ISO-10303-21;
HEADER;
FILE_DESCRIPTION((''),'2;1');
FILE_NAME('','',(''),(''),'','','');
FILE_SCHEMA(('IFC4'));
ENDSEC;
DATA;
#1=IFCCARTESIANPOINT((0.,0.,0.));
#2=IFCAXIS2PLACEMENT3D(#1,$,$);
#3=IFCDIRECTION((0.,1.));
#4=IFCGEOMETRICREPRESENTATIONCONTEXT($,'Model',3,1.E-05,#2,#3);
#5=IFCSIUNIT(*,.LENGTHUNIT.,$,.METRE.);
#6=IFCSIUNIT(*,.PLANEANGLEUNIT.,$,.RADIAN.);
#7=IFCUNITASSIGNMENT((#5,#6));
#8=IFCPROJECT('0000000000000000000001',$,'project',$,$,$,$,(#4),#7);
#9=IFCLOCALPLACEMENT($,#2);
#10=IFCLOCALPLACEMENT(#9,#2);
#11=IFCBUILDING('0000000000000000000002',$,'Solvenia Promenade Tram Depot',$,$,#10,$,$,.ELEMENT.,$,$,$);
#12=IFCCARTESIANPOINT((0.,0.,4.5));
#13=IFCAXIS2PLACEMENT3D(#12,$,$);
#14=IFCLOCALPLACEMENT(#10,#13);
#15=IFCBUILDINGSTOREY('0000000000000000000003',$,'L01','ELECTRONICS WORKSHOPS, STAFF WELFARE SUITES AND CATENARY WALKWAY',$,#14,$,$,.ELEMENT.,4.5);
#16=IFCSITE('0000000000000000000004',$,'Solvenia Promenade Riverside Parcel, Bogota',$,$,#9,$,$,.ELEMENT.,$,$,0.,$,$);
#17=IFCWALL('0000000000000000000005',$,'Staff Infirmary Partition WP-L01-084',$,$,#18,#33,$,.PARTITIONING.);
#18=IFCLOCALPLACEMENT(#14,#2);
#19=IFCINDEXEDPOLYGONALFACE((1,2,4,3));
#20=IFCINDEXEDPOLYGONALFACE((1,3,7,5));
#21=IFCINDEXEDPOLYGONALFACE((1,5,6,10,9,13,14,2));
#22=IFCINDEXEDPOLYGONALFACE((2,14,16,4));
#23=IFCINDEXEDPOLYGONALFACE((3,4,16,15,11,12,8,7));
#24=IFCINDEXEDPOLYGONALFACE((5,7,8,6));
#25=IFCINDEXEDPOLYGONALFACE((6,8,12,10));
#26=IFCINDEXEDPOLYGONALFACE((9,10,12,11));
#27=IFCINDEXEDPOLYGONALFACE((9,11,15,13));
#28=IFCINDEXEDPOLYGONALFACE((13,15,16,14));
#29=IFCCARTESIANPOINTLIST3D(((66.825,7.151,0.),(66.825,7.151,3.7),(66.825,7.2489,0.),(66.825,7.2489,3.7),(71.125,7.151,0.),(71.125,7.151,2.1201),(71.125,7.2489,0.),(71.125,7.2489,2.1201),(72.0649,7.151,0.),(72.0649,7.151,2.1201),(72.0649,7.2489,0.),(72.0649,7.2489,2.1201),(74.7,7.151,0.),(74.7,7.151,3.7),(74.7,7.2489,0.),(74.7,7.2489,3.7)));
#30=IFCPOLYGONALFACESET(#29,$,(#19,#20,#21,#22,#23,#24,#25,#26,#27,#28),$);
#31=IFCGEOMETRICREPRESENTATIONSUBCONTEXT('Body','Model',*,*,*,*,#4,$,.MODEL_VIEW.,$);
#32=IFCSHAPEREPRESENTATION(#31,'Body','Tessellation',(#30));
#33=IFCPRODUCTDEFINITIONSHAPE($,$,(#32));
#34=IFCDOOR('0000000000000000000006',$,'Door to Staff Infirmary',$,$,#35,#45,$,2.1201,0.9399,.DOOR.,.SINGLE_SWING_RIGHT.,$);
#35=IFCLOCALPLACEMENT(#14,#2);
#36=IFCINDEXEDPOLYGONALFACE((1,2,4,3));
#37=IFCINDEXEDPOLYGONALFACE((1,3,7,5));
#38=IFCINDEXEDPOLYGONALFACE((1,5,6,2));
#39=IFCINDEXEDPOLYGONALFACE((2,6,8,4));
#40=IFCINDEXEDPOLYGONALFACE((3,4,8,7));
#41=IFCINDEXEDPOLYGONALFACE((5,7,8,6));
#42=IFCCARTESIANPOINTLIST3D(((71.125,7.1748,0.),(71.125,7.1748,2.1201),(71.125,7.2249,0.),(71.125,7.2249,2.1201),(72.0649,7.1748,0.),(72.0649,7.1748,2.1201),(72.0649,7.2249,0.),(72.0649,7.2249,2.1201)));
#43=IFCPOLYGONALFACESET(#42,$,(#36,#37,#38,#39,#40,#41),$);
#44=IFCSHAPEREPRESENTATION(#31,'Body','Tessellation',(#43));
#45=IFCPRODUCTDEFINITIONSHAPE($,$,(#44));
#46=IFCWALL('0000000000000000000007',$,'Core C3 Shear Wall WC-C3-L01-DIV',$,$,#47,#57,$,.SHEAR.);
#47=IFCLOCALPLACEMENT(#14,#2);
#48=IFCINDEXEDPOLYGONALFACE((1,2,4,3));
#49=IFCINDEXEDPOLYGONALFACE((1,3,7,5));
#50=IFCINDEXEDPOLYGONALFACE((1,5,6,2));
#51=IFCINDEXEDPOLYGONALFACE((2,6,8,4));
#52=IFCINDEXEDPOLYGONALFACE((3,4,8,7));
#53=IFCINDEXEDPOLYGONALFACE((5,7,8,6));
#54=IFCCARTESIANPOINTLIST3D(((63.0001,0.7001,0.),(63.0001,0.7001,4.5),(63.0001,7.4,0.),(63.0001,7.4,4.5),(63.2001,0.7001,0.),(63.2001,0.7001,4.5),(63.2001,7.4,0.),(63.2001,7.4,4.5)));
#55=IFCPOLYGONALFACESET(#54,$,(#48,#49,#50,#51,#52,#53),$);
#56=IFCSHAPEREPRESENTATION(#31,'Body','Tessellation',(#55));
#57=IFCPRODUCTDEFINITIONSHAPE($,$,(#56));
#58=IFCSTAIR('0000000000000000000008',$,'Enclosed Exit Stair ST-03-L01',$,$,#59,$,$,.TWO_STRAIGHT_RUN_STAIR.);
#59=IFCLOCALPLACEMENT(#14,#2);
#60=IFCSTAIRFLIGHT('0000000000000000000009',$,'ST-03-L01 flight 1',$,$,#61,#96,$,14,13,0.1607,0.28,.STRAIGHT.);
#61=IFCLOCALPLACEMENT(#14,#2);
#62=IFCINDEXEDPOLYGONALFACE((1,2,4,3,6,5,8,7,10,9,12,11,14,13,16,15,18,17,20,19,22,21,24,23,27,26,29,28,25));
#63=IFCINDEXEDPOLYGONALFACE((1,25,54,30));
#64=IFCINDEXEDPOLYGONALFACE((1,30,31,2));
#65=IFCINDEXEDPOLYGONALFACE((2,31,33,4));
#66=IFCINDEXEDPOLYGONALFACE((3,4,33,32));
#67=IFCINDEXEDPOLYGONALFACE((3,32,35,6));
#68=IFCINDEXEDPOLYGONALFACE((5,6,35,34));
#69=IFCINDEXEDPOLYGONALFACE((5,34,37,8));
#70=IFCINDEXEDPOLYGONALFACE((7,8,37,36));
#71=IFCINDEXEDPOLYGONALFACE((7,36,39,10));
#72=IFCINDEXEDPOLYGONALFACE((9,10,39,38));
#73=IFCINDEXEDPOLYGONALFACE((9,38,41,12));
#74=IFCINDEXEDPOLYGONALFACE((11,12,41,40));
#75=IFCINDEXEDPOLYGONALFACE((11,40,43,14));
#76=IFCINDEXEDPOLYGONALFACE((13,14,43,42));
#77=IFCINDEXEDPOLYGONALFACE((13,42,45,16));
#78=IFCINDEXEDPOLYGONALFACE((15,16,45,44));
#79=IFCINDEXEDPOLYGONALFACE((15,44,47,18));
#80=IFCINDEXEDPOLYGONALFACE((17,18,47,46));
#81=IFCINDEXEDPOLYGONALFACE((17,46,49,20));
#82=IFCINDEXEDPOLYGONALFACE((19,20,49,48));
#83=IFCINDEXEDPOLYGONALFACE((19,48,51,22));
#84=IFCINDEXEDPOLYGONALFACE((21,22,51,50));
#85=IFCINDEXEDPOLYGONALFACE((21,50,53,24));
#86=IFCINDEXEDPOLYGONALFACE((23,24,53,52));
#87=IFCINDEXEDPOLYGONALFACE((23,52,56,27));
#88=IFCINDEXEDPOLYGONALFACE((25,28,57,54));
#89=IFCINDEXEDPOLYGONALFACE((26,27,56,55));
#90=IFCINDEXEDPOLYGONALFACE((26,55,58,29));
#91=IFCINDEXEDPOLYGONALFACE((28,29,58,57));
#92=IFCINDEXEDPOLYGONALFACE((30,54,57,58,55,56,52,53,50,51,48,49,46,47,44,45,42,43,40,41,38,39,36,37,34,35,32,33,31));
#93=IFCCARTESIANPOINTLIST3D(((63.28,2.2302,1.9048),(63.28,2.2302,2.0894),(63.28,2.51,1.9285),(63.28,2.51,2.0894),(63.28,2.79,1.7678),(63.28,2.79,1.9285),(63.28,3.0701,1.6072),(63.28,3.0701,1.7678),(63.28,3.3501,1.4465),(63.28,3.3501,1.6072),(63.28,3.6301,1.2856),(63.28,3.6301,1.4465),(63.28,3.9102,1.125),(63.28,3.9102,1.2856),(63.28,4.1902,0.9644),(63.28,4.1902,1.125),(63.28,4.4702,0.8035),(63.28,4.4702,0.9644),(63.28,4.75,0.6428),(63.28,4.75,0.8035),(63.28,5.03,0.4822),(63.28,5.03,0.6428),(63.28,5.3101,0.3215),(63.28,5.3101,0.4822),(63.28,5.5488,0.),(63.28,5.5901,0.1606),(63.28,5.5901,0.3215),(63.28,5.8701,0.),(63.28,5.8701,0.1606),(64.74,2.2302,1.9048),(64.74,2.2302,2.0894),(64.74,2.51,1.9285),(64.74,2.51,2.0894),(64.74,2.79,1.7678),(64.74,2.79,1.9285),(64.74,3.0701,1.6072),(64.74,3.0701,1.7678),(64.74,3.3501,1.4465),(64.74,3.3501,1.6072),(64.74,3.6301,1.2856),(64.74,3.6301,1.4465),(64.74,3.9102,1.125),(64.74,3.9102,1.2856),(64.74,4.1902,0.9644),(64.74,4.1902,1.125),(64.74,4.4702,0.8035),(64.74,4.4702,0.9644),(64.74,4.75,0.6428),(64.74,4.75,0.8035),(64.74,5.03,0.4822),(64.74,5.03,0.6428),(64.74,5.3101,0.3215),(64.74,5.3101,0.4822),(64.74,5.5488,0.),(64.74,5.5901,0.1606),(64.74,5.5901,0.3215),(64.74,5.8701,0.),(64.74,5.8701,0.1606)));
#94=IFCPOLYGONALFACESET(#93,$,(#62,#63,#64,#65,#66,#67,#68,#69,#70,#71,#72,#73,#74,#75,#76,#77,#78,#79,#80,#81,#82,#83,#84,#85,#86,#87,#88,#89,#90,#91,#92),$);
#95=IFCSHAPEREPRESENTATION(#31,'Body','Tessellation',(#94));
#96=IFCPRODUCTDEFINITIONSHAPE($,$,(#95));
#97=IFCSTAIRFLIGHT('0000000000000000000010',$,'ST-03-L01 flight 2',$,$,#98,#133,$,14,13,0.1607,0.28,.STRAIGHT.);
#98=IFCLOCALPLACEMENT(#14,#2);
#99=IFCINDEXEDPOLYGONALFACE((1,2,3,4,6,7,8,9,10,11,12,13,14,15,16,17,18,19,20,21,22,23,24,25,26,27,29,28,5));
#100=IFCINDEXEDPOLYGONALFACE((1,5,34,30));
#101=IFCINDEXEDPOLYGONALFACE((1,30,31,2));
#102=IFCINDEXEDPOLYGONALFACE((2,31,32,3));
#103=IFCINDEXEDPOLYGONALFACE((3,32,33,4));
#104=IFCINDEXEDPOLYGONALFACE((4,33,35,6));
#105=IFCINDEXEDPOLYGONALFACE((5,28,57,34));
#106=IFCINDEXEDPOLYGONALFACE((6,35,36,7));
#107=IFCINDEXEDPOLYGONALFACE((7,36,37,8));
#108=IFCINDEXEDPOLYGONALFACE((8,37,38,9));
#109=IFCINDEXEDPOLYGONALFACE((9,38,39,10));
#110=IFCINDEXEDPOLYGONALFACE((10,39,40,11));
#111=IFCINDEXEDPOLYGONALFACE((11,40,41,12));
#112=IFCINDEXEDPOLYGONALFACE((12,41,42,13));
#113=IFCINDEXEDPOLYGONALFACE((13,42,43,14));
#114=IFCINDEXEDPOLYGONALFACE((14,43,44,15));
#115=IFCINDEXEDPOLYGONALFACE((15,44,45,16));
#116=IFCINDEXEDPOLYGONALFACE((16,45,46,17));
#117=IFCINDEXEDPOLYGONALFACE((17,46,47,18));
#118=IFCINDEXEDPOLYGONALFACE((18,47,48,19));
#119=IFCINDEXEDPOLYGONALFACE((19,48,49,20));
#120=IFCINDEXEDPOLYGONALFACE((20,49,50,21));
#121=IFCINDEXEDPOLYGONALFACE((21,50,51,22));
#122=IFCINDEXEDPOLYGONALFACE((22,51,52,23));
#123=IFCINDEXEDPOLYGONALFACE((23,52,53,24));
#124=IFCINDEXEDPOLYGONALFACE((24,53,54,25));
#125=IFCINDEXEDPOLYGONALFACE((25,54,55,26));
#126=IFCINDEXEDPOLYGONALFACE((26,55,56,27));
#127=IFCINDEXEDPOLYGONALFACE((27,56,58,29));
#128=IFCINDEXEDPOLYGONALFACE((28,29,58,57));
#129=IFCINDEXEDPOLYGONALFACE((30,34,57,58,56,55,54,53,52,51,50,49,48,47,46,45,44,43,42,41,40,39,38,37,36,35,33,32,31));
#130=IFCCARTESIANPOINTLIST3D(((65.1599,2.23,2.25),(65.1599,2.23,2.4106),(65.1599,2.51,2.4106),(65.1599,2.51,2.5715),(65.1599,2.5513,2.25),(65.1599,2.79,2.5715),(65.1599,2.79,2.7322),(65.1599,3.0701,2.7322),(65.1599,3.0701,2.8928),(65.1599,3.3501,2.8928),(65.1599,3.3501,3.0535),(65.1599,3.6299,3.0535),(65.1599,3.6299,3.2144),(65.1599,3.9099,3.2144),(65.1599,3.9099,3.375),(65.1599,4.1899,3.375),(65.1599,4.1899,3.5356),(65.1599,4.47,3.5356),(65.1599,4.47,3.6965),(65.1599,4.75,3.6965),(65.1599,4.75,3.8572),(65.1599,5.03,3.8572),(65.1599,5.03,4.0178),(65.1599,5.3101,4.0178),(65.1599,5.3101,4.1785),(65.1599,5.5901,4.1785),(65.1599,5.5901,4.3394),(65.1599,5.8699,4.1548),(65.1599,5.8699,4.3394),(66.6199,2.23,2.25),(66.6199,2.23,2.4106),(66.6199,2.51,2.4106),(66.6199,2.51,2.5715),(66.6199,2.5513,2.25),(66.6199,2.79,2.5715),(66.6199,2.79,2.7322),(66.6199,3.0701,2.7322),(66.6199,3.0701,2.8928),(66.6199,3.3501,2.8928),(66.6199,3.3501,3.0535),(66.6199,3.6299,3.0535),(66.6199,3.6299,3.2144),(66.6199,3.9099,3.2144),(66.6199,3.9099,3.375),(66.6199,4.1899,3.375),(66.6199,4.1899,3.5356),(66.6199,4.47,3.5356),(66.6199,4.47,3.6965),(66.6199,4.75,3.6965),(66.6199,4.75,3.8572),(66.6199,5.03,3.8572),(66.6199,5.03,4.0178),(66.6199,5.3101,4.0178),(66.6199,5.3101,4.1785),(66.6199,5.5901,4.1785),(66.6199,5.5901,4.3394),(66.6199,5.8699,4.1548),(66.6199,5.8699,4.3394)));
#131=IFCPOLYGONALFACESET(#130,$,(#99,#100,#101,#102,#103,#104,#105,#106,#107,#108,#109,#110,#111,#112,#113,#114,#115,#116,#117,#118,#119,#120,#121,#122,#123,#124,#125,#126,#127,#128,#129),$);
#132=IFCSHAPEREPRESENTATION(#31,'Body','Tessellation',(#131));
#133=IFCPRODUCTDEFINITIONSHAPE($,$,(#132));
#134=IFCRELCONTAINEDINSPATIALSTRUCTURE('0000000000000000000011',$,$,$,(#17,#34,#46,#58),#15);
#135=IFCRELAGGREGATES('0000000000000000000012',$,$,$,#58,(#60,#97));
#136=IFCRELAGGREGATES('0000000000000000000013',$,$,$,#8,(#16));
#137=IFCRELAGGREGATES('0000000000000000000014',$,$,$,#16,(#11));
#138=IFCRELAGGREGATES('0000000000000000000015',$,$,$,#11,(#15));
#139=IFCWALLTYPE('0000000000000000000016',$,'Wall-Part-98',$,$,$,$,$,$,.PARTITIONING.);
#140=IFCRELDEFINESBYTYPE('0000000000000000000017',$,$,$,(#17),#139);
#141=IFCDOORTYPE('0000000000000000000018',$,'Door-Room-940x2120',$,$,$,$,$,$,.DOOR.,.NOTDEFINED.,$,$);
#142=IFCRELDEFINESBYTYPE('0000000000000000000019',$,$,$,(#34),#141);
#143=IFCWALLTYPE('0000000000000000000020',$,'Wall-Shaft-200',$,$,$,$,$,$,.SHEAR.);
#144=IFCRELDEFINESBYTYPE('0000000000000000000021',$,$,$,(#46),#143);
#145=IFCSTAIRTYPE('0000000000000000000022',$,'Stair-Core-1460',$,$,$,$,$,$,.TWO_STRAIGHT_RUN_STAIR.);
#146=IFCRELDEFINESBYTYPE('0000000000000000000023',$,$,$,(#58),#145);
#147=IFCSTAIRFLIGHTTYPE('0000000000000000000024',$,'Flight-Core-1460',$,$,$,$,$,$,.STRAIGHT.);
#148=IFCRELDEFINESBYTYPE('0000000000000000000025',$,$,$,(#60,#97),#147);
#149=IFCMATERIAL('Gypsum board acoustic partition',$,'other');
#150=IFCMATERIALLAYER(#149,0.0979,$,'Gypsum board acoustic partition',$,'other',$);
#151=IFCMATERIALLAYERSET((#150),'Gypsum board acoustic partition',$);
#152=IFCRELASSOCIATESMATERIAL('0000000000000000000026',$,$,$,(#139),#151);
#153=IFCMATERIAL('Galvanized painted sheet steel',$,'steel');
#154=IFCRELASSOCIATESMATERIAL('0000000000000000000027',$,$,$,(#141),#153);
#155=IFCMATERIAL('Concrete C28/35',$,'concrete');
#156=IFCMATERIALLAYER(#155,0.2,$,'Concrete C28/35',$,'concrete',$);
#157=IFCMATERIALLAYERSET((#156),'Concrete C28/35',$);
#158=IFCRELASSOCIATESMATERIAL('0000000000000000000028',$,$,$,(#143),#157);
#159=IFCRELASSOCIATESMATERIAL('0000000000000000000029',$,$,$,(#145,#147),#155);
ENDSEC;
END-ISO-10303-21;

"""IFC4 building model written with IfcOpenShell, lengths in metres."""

from ifc_helpers import new_model, si_unit, direction, frame, frame_2d, origin, place, context, subcontext, project, spatial, polyline, rectangle, outline, extrude, material, layer, layer_set, type_object, element, fill, aggregate, save


model = new_model("IFC4")

# Units and contexts
model_context = context("Model", 3, precision=1e-05, world=origin(), true_north=direction((0.0, 1.0)))
body_context = subcontext(model_context, "Body", "Model", "MODEL_VIEW")
ifc_project = project(units=[si_unit("LENGTHUNIT", "METRE"), si_unit("PLANEANGLEUNIT", "RADIAN")], contexts=[model_context])

# Site, building, storey
site_placement = place(None, origin())
site = spatial("IfcSite", under=ifc_project, at=site_placement, Name="Solvenia Promenade Riverside Parcel, Bogota", CompositionType="ELEMENT", RefElevation=0.0)
building_placement = place(site_placement, origin())
building = spatial("IfcBuilding", under=site, at=building_placement, Name="Solvenia Promenade Tram Depot", CompositionType="ELEMENT")
storey_placement = place(building_placement, frame((0.0, 0.0, 4.5)))
storey = spatial("IfcBuildingStorey", under=building, at=storey_placement, Name="L01", Description="ELECTRONICS WORKSHOPS, STAFF WELFARE SUITES AND CATENARY WALKWAY", CompositionType="ELEMENT", Elevation=4.5)

# Shared definitions
ifc_material_1 = material(Name="Concrete C28/35", Category="concrete")

# Shared definitions
ifc_material_2 = material(Name="Galvanized painted sheet steel", Category="steel")

# Shared definitions
ifc_material_3 = material(Name="Gypsum board acoustic partition", Category="other")
ifc_layer_1 = layer(ifc_material_3, 0.0979, Name="Gypsum board acoustic partition", Category="other")
ifc_layer_set_1 = layer_set([ifc_layer_1], Name="Gypsum board acoustic partition")
wall_type_1 = type_object("IfcWallType", Name="Wall-Part-98", PredefinedType="PARTITIONING", material=ifc_layer_set_1)

# Wall, opening, door
wall_1_placement = place(storey_placement, frame((66.825, 7.2, 0.0), z_axis=(0.0, 0.0, 1.0), x_axis=(1.0, 0.0, 0.0)))
wall_1 = element("IfcWall", 1, at=wall_1_placement, inside=storey, type_object=wall_type_1, Name="Staff Infirmary Partition WP-L01-084", PredefinedType="PARTITIONING", context=body_context, shape_type="SweptSolid", body=[
    extrude(rectangle(XDim=7.875, YDim=0.0979, at=frame_2d((3.9375, 0.0))), origin(), (0.0, 0.0, 1.0), 3.7),
])
opening_1_placement = place(wall_1_placement, frame((4.3, 0.0, 0.0)))
opening_1 = element("IfcOpeningElement", 2, at=opening_1_placement, cuts=wall_1, PredefinedType="OPENING", context=body_context, shape_type="SweptSolid", body=[
    extrude(rectangle(XDim=0.9399, YDim=2.1201, at=frame_2d((0.47, 1.0601))), frame((0.0, 0.0588, 0.0), z_axis=(0.0, -1.0, 0.0), x_axis=(1.0, 0.0, 0.0)), (0.0, 0.0, 1.0), 0.1179),
])
door_type_1 = type_object("IfcDoorType", Name="Door-Room-940x2120", OperationType="NOTDEFINED", PredefinedType="DOOR", material=ifc_material_2)
door_1_placement = place(opening_1_placement, origin())
door_1 = element("IfcDoor", 3, at=door_1_placement, inside=storey, type_object=door_type_1, Name="Door to Staff Infirmary", OperationType="SINGLE_SWING_RIGHT", OverallHeight=2.1201, OverallWidth=0.9399, PredefinedType="DOOR", context=body_context, shape_type="SweptSolid", body=[
    extrude(rectangle(XDim=0.9399, YDim=2.1201, at=frame_2d((0.47, 1.0601))), frame((0.0, 0.0249, 0.0), z_axis=(0.0, -1.0, 0.0), x_axis=(1.0, 0.0, 0.0)), (0.0, 0.0, 1.0), 0.05),
])
fill(opening_1, door_1)

# Wall
ifc_layer_2 = layer(ifc_material_1, 0.2, Name="Concrete C28/35", Category="concrete")
ifc_layer_set_2 = layer_set([ifc_layer_2], Name="Concrete C28/35")
wall_type_2 = type_object("IfcWallType", Name="Wall-Shaft-200", PredefinedType="SHEAR", material=ifc_layer_set_2)
wall_2_placement = place(storey_placement, frame((63.1001, 0.7, 0.0), z_axis=(0.0, 0.0, 1.0), x_axis=(0.0, 1.0, 0.0)))
element("IfcWall", 4, at=wall_2_placement, inside=storey, type_object=wall_type_2, Name="Core C3 Shear Wall WC-C3-L01-DIV", PredefinedType="SHEAR", context=body_context, shape_type="SweptSolid", body=[
    extrude(rectangle(XDim=6.7, YDim=0.2, at=frame_2d((3.3501, 0.0))), origin(), (0.0, 0.0, 1.0), 4.5),
])

# Stair, stair flights
stair_type = type_object("IfcStairType", Name="Stair-Core-1460", PredefinedType="TWO_STRAIGHT_RUN_STAIR", material=ifc_material_1)
stair_placement = place(storey_placement, origin())
stair = element("IfcStair", 5, at=stair_placement, inside=storey, type_object=stair_type, Name="Enclosed Exit Stair ST-03-L01", PredefinedType="TWO_STRAIGHT_RUN_STAIR")
stair_flight_type = type_object("IfcStairFlightType", Name="Flight-Core-1460", PredefinedType="STRAIGHT", material=ifc_material_1)
stair_flight_1_placement = place(storey_placement, frame((64.01, 5.8701, 0.0), z_axis=(0.0, 0.0, 1.0), x_axis=(0.0, -1.0, 0.0)))
stair_flight_1 = element("IfcStairFlight", 6, at=stair_flight_1_placement, type_object=stair_flight_type, Name="ST-03-L01 flight 1", NumberOfRisers=14, NumberOfTreads=13, PredefinedType="STRAIGHT", RiserHeight=0.1607, TreadLength=0.28, context=body_context, shape_type="SweptSolid", body=[
    extrude(outline(polyline([(0.0, 0.0), (0.0, 0.1606), (0.28, 0.1606), (0.28, 0.3215), (0.5601, 0.3215), (0.5601, 0.4822), (0.8401, 0.4822), (0.8401, 0.6428), (1.1201, 0.6428), (1.1201, 0.8035), (1.3999, 0.8035), (1.3999, 0.9644), (1.6799, 0.9644), (1.6799, 1.125), (1.96, 1.125), (1.96, 1.2856), (2.24, 1.2856), (2.24, 1.4465), (2.52, 1.4465), (2.52, 1.6072), (2.8, 1.6072), (2.8, 1.7678), (3.0801, 1.7678), (3.0801, 1.9285), (3.3601, 1.9285), (3.3601, 2.0894), (3.6399, 2.0894), (3.6399, 2.25), (3.6399, 1.9048), (0.3213, 0.0), (0.0, 0.0)])), frame((0.0, 0.73, 0.0), z_axis=(0.0, -1.0, 0.0), x_axis=(1.0, 0.0, 0.0)), (0.0, 0.0, 1.0), 1.46),
])
stair_flight_2_placement = place(storey_placement, frame((65.8899, 2.23, 2.25), z_axis=(0.0, 0.0, 1.0), x_axis=(0.0, 1.0, 0.0)))
stair_flight_2 = element("IfcStairFlight", 7, at=stair_flight_2_placement, type_object=stair_flight_type, Name="ST-03-L01 flight 2", NumberOfRisers=14, NumberOfTreads=13, PredefinedType="STRAIGHT", RiserHeight=0.1607, TreadLength=0.28, context=body_context, shape_type="SweptSolid", body=[
    extrude(outline(polyline([(0.0, 0.0), (0.0, 0.1606), (0.28, 0.1606), (0.28, 0.3215), (0.5601, 0.3215), (0.5601, 0.4822), (0.8401, 0.4822), (0.8401, 0.6428), (1.1201, 0.6428), (1.1201, 0.8035), (1.3999, 0.8035), (1.3999, 0.9644), (1.6799, 0.9644), (1.6799, 1.125), (1.96, 1.125), (1.96, 1.2856), (2.24, 1.2856), (2.24, 1.4465), (2.52, 1.4465), (2.52, 1.6072), (2.8, 1.6072), (2.8, 1.7678), (3.0801, 1.7678), (3.0801, 1.9285), (3.3601, 1.9285), (3.3601, 2.0894), (3.6399, 2.0894), (3.6399, 2.25), (3.6399, 1.9048), (0.3213, 0.0), (0.0, 0.0)])), frame((0.0, 0.73, 0.0), z_axis=(0.0, -1.0, 0.0), x_axis=(1.0, 0.0, 0.0)), (0.0, 0.0, 1.0), 1.46),
])
aggregate(stair, [stair_flight_1, stair_flight_2])

save(model, "model.ifc")
